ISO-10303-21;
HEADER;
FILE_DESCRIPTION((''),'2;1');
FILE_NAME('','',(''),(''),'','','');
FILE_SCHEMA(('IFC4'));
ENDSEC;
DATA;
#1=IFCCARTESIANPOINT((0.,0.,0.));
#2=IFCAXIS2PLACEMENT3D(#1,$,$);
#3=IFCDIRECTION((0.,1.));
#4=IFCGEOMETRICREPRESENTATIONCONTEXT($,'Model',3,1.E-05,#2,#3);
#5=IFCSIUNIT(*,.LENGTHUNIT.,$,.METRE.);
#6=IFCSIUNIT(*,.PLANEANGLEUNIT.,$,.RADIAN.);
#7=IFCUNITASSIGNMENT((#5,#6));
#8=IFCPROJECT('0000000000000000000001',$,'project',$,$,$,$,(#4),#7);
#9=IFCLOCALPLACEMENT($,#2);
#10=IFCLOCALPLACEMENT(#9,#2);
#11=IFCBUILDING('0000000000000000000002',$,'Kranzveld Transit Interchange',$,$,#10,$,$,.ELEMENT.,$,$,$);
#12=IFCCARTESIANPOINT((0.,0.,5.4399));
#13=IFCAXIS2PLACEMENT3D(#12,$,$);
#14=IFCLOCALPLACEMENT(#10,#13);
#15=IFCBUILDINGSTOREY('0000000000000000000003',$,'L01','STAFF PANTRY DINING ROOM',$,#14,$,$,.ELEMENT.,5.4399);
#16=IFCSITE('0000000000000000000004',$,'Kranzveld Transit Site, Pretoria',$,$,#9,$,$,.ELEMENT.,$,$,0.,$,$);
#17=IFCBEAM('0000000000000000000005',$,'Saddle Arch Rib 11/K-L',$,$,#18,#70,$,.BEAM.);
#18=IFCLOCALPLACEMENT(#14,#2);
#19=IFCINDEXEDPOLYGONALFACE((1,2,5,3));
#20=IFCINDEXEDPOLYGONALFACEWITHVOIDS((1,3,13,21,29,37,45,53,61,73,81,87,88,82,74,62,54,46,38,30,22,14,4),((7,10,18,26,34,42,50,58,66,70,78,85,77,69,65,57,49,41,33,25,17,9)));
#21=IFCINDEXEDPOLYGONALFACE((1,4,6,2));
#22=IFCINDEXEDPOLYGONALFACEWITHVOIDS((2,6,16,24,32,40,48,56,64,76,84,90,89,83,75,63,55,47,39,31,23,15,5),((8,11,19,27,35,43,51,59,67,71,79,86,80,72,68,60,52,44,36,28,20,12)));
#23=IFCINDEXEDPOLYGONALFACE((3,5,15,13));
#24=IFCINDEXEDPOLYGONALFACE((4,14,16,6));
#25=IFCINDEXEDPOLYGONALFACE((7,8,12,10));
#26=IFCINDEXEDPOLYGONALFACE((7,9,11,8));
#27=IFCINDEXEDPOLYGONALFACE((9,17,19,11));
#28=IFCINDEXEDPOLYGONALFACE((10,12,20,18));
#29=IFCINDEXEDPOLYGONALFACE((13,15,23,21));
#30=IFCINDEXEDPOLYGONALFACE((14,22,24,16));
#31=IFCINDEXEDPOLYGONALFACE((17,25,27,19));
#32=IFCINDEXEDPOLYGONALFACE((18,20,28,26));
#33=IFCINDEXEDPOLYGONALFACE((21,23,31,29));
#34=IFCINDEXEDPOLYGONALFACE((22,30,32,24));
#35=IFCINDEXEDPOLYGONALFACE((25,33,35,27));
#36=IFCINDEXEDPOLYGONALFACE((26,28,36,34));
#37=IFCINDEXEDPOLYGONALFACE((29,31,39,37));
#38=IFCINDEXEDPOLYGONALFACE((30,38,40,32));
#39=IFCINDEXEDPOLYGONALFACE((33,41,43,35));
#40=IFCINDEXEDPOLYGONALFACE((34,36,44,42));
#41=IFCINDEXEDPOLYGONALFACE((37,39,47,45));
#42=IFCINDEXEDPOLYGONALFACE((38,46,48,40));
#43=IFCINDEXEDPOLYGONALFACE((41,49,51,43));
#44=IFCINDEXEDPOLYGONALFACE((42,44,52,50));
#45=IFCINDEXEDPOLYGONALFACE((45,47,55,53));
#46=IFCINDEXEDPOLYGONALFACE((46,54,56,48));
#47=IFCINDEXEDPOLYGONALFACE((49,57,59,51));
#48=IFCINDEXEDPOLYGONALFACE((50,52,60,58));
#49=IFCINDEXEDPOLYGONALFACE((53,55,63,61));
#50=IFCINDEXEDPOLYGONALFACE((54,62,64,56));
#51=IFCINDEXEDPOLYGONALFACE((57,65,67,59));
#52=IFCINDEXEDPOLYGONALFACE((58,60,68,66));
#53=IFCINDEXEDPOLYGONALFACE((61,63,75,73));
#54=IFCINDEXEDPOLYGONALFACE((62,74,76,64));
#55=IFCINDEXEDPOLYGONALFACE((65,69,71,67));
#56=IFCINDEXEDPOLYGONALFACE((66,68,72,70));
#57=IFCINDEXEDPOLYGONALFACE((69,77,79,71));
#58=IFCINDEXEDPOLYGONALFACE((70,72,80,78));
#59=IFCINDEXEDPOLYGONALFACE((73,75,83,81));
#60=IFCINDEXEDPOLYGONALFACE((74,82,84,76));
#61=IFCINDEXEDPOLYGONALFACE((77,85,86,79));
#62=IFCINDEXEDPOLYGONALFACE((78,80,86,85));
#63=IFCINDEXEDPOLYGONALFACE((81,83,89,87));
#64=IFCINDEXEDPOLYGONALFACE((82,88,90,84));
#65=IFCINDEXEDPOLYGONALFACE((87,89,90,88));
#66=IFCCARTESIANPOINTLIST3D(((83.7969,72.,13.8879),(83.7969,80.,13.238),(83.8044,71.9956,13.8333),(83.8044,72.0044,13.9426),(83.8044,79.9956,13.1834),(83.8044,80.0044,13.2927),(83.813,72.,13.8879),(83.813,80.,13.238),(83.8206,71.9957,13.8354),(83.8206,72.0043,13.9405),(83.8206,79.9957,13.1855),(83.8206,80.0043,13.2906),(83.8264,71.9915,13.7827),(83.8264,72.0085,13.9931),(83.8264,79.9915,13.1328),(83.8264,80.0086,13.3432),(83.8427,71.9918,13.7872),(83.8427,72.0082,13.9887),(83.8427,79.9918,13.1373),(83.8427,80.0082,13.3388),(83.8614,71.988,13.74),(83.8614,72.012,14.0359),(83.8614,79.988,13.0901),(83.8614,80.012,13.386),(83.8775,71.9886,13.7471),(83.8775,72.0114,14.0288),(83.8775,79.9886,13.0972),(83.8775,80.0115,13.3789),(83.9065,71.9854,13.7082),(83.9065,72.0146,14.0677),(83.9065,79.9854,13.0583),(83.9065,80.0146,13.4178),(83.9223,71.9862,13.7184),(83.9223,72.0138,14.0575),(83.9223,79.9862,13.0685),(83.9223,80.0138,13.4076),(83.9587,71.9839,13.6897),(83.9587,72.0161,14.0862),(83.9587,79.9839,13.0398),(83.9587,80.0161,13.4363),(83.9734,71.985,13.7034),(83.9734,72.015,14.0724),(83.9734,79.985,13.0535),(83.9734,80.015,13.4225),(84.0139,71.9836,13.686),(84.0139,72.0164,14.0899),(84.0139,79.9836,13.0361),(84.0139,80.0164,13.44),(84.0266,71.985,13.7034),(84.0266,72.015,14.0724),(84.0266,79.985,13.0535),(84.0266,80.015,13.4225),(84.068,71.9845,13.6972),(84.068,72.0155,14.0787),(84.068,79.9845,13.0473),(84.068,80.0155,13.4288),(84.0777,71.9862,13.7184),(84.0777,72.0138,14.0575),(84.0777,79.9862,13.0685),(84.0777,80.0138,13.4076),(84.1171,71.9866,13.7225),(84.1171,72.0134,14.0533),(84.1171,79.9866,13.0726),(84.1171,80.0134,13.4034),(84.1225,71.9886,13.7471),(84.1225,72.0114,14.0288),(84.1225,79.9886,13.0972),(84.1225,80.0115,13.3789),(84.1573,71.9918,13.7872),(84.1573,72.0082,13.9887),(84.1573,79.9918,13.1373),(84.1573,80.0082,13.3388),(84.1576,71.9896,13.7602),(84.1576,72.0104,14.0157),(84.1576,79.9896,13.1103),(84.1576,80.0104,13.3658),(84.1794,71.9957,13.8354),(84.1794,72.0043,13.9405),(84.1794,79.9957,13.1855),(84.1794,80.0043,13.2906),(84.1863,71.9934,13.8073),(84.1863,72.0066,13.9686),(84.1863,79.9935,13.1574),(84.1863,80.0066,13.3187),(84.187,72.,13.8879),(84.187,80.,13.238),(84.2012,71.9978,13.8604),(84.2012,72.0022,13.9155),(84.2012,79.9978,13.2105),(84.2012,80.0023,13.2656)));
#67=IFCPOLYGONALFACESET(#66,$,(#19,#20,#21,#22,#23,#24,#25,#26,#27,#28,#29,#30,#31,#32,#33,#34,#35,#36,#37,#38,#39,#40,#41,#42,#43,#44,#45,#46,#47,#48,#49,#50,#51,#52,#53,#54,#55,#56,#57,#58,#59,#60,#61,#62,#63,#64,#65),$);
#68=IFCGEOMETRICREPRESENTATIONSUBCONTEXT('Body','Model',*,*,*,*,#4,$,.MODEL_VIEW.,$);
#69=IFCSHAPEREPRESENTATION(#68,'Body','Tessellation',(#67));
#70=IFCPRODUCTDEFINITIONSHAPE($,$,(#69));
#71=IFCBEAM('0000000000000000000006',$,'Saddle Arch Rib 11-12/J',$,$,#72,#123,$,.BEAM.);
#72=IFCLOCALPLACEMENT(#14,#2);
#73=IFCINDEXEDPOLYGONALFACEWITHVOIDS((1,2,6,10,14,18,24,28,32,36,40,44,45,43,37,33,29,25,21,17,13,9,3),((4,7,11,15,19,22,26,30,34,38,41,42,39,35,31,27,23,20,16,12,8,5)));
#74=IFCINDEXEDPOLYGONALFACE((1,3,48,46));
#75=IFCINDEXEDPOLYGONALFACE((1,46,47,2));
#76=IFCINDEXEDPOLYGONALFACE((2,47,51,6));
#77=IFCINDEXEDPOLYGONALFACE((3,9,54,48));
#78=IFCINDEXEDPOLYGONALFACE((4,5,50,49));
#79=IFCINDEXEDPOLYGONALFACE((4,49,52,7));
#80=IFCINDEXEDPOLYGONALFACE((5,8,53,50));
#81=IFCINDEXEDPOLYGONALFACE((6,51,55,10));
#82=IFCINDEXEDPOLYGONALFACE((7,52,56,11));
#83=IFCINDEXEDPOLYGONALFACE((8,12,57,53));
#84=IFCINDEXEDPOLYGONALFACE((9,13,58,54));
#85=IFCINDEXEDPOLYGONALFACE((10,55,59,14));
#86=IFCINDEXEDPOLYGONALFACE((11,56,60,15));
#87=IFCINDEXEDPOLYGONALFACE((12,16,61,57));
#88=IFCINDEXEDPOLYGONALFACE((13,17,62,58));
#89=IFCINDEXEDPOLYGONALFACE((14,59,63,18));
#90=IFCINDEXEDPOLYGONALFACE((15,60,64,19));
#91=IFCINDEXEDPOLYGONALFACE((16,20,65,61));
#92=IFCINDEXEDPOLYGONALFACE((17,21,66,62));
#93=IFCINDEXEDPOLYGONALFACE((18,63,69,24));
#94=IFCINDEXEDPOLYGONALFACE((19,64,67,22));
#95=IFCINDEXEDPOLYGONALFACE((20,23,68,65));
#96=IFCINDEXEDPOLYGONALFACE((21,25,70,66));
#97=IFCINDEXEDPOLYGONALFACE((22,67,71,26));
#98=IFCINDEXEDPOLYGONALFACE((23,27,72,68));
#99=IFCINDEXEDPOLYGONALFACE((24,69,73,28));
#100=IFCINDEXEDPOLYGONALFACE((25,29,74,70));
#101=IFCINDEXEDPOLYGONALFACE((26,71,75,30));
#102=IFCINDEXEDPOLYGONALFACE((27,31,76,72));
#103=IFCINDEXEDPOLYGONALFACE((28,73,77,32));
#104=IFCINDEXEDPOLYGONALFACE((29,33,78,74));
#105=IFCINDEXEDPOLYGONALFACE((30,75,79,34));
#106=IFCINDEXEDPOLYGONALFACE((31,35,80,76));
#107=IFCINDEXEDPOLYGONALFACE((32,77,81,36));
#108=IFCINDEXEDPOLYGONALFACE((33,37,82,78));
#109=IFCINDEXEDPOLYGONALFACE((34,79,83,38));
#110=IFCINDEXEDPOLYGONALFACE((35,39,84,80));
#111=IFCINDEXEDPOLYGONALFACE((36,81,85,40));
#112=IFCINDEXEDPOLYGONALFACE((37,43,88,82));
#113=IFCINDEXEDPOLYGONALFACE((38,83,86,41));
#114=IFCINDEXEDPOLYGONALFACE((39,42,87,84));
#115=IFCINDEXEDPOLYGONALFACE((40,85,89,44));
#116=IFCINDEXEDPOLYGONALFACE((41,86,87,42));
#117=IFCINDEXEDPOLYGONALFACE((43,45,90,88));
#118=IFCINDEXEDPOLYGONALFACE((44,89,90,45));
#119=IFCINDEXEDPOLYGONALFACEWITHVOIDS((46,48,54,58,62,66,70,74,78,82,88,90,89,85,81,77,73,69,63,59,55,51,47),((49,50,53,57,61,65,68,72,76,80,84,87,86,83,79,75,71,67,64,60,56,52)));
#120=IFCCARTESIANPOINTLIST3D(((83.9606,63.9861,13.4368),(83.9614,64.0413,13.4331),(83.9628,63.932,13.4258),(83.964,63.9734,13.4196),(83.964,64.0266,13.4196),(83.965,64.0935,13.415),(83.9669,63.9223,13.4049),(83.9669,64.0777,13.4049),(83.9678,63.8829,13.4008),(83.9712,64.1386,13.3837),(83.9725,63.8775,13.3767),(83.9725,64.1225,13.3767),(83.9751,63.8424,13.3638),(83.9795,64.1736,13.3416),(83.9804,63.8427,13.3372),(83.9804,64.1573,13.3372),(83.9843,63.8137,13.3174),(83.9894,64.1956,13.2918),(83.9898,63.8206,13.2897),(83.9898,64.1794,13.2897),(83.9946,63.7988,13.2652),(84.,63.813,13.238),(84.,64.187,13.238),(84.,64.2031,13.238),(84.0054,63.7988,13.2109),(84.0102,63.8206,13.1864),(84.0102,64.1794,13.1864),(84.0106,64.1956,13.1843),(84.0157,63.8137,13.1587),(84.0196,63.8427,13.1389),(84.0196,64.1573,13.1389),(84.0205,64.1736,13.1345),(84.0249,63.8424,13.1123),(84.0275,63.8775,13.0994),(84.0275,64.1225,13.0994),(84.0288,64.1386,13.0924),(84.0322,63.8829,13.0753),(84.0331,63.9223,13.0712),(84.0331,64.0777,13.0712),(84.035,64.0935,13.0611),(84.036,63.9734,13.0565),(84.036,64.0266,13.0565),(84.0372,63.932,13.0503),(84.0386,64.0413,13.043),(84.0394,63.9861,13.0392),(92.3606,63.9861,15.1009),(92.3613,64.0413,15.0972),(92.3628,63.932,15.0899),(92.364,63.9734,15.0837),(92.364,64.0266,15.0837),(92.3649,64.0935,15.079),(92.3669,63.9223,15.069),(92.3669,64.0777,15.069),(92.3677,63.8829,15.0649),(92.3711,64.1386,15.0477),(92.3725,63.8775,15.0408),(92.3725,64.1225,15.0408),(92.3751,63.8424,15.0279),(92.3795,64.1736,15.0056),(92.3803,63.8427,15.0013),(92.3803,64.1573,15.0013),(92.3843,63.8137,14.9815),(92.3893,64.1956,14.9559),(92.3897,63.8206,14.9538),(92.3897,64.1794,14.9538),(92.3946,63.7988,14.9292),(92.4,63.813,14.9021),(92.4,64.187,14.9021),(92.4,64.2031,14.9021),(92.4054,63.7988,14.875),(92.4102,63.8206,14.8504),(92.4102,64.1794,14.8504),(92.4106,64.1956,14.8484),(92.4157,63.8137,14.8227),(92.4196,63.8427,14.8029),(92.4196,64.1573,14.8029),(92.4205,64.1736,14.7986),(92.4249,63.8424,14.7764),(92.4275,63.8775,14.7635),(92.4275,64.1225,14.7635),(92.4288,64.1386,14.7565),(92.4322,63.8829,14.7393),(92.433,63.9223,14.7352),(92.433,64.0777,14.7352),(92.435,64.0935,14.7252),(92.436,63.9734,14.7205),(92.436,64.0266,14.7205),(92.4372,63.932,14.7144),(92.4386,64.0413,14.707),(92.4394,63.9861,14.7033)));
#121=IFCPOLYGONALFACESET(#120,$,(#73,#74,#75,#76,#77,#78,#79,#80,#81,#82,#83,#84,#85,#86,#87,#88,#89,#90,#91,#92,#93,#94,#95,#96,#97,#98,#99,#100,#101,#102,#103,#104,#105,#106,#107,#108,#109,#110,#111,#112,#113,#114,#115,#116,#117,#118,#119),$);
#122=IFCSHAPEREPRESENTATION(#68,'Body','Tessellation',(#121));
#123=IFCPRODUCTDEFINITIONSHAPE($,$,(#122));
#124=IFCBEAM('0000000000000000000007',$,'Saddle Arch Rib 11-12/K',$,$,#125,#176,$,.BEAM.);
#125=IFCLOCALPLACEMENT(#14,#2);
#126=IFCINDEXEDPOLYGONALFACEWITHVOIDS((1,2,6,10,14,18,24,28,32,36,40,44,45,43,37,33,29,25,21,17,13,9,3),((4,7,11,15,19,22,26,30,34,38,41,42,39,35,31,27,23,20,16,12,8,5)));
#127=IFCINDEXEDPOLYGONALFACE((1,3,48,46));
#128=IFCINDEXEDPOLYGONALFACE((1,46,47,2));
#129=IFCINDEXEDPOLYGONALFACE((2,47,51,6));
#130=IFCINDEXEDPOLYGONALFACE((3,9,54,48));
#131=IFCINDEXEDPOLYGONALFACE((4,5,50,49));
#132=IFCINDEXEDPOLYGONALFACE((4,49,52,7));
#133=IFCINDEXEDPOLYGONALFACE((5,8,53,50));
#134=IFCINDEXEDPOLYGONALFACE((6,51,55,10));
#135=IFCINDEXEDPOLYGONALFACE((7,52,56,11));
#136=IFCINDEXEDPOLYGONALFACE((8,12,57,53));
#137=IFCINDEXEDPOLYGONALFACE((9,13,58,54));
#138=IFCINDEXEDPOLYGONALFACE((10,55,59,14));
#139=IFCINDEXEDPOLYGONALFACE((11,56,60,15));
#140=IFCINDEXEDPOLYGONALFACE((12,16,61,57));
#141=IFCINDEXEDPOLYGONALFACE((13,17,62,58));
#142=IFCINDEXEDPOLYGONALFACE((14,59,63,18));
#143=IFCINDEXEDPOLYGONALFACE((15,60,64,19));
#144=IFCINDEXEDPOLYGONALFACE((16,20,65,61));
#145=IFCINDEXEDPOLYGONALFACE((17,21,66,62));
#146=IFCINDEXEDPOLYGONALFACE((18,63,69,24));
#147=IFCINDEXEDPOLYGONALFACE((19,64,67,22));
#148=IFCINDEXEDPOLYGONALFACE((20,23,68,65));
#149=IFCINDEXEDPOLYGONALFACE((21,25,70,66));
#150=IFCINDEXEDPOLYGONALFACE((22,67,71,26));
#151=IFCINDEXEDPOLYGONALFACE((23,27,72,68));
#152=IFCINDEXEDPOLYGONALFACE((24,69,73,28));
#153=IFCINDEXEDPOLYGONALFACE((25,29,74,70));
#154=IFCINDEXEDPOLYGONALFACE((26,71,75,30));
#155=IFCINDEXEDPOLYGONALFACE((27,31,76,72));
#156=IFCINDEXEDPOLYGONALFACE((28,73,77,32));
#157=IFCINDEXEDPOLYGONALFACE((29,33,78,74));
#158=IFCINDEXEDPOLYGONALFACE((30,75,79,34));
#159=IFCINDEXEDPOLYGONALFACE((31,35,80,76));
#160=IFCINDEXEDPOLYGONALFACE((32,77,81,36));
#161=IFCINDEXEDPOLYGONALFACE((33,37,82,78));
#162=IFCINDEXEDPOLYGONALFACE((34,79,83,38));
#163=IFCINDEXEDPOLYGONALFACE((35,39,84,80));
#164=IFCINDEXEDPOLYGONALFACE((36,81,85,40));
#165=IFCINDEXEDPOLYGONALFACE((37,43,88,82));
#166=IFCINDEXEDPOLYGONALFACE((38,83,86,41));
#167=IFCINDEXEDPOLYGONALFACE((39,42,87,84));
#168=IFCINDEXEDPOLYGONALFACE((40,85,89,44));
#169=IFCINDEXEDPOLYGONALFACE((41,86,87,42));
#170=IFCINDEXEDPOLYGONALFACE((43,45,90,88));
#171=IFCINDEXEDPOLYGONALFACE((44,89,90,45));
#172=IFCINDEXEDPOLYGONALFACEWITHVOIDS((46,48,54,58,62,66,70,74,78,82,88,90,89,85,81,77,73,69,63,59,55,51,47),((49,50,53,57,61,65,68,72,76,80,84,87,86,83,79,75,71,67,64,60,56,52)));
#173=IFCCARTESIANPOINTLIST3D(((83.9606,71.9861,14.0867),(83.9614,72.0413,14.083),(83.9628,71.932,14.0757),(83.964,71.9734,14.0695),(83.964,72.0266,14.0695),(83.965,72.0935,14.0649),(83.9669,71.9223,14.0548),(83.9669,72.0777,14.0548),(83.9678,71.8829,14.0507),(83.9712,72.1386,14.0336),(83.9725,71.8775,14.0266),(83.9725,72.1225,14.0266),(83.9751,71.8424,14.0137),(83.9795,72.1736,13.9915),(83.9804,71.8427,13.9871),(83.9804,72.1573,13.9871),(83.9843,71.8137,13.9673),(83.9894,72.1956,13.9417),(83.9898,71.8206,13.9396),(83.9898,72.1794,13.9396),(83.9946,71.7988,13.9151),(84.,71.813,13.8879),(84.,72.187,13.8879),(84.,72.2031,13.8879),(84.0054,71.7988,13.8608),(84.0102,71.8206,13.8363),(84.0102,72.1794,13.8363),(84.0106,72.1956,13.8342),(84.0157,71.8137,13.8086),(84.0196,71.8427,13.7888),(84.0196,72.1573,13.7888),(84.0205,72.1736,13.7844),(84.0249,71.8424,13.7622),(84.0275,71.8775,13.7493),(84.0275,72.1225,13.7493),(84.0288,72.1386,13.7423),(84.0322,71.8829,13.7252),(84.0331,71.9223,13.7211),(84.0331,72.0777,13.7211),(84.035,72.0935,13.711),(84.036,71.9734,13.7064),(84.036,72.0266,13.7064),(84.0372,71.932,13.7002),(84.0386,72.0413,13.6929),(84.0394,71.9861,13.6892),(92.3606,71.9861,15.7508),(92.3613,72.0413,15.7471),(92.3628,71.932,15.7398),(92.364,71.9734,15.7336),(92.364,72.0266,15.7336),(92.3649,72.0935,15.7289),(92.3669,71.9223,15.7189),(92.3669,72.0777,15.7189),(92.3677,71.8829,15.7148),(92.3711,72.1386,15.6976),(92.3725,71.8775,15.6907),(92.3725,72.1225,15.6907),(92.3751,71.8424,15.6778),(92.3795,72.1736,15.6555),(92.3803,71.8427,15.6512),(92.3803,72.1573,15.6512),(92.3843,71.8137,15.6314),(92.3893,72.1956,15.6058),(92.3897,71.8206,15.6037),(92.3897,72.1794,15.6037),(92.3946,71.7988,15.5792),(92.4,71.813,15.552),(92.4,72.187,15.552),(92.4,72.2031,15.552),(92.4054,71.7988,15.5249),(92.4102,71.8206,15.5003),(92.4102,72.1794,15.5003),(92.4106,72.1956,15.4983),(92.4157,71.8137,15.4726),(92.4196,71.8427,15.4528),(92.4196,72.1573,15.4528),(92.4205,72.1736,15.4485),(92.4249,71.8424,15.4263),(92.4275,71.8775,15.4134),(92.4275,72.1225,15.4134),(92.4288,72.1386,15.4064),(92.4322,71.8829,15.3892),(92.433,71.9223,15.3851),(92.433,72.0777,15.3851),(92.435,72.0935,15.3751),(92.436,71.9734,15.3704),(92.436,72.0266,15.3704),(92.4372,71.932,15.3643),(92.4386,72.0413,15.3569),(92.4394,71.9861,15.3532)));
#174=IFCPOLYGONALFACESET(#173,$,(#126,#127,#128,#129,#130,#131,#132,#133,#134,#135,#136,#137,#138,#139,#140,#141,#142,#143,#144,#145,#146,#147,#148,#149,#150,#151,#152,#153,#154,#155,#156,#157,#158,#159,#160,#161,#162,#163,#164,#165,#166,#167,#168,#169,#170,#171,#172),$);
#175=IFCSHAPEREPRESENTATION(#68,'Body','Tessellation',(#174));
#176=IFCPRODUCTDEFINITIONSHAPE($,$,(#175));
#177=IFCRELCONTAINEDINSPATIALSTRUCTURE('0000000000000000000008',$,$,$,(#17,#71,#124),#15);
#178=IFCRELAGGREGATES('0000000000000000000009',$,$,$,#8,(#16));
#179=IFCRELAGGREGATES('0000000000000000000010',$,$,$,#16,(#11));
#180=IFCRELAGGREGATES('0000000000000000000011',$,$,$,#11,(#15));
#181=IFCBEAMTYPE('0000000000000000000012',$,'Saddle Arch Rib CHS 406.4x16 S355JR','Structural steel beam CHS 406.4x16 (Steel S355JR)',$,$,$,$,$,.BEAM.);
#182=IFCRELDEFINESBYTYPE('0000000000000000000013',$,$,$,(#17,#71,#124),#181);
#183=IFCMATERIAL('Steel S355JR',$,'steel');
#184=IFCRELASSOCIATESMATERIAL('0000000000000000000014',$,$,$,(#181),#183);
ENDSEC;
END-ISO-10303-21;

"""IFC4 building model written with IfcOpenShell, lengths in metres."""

from ifc_helpers import new_model, si_unit, direction, frame, origin, origin_2d, place, context, subcontext, project, spatial, hollow_circle, extrude, material, material_profile, profile_set, type_object, element, save


model = new_model("IFC4")

# Units and contexts
model_context = context("Model", 3, precision=1e-05, world=origin(), true_north=direction((0.0, 1.0)))
body_context = subcontext(model_context, "Body", "Model", "MODEL_VIEW")
ifc_project = project(units=[si_unit("LENGTHUNIT", "METRE"), si_unit("PLANEANGLEUNIT", "RADIAN")], contexts=[model_context])

# Site, building, storey
site_placement = place(None, origin())
site = spatial("IfcSite", under=ifc_project, at=site_placement, Name="Kranzveld Transit Site, Pretoria", CompositionType="ELEMENT", RefElevation=0.0)
building_placement = place(site_placement, origin())
building = spatial("IfcBuilding", under=site, at=building_placement, Name="Kranzveld Transit Interchange", CompositionType="ELEMENT")
storey_placement = place(building_placement, frame((0.0, 0.0, 5.4399)))
storey = spatial("IfcBuildingStorey", under=building, at=storey_placement, Name="L01", Description="STAFF PANTRY DINING ROOM", CompositionType="ELEMENT", Elevation=5.4399)

# Beams
ifc_material_1 = material(Name="Steel S355JR", Category="steel")
ifc_material_profile_1 = material_profile(ifc_material_1, hollow_circle(Radius=0.2031, WallThickness=0.0161, at=origin_2d()), Name="CHS 406.4x16")
ifc_profile_set_1 = profile_set([ifc_material_profile_1], Name="Steel S355JR")
beam_type = type_object("IfcBeamType", Name="Saddle Arch Rib CHS 406.4x16 S355JR", Description="Structural steel beam CHS 406.4x16 (Steel S355JR)", PredefinedType="BEAM", material=ifc_profile_set_1)
for number, where, z_axis, x_axis, name in (
    (1, (84.0, 72.0, 13.8879), (0.0, 0.996716, -0.080971), (-1.0, 0.0, 0.0), "Saddle Arch Rib 11/K-L"),
):
    element("IfcBeam", number, at=place(storey_placement, frame(where, z_axis=z_axis, x_axis=x_axis)), inside=storey, type_object=beam_type, Name=name, PredefinedType="BEAM", context=body_context, shape_type="SweptSolid", body=[
        extrude(hollow_circle(Radius=0.2031, WallThickness=0.0161, at=origin_2d()), origin(), (0.0, 0.0, 1.0), 8.0264),
    ])
for number, where, z_axis, x_axis, name in (
    (2, (84.0, 64.0, 13.238), (0.980937, 0.0, 0.194328), (0.0, 1.0, 0.0), "Saddle Arch Rib 11-12/J"),
    (3, (84.0, 72.0, 13.8879), (0.980937, 0.0, 0.194328), (0.0, 1.0, 0.0), "Saddle Arch Rib 11-12/K"),
):
    element("IfcBeam", number, at=place(storey_placement, frame(where, z_axis=z_axis, x_axis=x_axis)), inside=storey, type_object=beam_type, Name=name, PredefinedType="BEAM", context=body_context, shape_type="SweptSolid", body=[
        extrude(hollow_circle(Radius=0.2031, WallThickness=0.0161, at=origin_2d()), origin(), (0.0, 0.0, 1.0), 8.5632),
    ])

save(model, "model.ifc")
